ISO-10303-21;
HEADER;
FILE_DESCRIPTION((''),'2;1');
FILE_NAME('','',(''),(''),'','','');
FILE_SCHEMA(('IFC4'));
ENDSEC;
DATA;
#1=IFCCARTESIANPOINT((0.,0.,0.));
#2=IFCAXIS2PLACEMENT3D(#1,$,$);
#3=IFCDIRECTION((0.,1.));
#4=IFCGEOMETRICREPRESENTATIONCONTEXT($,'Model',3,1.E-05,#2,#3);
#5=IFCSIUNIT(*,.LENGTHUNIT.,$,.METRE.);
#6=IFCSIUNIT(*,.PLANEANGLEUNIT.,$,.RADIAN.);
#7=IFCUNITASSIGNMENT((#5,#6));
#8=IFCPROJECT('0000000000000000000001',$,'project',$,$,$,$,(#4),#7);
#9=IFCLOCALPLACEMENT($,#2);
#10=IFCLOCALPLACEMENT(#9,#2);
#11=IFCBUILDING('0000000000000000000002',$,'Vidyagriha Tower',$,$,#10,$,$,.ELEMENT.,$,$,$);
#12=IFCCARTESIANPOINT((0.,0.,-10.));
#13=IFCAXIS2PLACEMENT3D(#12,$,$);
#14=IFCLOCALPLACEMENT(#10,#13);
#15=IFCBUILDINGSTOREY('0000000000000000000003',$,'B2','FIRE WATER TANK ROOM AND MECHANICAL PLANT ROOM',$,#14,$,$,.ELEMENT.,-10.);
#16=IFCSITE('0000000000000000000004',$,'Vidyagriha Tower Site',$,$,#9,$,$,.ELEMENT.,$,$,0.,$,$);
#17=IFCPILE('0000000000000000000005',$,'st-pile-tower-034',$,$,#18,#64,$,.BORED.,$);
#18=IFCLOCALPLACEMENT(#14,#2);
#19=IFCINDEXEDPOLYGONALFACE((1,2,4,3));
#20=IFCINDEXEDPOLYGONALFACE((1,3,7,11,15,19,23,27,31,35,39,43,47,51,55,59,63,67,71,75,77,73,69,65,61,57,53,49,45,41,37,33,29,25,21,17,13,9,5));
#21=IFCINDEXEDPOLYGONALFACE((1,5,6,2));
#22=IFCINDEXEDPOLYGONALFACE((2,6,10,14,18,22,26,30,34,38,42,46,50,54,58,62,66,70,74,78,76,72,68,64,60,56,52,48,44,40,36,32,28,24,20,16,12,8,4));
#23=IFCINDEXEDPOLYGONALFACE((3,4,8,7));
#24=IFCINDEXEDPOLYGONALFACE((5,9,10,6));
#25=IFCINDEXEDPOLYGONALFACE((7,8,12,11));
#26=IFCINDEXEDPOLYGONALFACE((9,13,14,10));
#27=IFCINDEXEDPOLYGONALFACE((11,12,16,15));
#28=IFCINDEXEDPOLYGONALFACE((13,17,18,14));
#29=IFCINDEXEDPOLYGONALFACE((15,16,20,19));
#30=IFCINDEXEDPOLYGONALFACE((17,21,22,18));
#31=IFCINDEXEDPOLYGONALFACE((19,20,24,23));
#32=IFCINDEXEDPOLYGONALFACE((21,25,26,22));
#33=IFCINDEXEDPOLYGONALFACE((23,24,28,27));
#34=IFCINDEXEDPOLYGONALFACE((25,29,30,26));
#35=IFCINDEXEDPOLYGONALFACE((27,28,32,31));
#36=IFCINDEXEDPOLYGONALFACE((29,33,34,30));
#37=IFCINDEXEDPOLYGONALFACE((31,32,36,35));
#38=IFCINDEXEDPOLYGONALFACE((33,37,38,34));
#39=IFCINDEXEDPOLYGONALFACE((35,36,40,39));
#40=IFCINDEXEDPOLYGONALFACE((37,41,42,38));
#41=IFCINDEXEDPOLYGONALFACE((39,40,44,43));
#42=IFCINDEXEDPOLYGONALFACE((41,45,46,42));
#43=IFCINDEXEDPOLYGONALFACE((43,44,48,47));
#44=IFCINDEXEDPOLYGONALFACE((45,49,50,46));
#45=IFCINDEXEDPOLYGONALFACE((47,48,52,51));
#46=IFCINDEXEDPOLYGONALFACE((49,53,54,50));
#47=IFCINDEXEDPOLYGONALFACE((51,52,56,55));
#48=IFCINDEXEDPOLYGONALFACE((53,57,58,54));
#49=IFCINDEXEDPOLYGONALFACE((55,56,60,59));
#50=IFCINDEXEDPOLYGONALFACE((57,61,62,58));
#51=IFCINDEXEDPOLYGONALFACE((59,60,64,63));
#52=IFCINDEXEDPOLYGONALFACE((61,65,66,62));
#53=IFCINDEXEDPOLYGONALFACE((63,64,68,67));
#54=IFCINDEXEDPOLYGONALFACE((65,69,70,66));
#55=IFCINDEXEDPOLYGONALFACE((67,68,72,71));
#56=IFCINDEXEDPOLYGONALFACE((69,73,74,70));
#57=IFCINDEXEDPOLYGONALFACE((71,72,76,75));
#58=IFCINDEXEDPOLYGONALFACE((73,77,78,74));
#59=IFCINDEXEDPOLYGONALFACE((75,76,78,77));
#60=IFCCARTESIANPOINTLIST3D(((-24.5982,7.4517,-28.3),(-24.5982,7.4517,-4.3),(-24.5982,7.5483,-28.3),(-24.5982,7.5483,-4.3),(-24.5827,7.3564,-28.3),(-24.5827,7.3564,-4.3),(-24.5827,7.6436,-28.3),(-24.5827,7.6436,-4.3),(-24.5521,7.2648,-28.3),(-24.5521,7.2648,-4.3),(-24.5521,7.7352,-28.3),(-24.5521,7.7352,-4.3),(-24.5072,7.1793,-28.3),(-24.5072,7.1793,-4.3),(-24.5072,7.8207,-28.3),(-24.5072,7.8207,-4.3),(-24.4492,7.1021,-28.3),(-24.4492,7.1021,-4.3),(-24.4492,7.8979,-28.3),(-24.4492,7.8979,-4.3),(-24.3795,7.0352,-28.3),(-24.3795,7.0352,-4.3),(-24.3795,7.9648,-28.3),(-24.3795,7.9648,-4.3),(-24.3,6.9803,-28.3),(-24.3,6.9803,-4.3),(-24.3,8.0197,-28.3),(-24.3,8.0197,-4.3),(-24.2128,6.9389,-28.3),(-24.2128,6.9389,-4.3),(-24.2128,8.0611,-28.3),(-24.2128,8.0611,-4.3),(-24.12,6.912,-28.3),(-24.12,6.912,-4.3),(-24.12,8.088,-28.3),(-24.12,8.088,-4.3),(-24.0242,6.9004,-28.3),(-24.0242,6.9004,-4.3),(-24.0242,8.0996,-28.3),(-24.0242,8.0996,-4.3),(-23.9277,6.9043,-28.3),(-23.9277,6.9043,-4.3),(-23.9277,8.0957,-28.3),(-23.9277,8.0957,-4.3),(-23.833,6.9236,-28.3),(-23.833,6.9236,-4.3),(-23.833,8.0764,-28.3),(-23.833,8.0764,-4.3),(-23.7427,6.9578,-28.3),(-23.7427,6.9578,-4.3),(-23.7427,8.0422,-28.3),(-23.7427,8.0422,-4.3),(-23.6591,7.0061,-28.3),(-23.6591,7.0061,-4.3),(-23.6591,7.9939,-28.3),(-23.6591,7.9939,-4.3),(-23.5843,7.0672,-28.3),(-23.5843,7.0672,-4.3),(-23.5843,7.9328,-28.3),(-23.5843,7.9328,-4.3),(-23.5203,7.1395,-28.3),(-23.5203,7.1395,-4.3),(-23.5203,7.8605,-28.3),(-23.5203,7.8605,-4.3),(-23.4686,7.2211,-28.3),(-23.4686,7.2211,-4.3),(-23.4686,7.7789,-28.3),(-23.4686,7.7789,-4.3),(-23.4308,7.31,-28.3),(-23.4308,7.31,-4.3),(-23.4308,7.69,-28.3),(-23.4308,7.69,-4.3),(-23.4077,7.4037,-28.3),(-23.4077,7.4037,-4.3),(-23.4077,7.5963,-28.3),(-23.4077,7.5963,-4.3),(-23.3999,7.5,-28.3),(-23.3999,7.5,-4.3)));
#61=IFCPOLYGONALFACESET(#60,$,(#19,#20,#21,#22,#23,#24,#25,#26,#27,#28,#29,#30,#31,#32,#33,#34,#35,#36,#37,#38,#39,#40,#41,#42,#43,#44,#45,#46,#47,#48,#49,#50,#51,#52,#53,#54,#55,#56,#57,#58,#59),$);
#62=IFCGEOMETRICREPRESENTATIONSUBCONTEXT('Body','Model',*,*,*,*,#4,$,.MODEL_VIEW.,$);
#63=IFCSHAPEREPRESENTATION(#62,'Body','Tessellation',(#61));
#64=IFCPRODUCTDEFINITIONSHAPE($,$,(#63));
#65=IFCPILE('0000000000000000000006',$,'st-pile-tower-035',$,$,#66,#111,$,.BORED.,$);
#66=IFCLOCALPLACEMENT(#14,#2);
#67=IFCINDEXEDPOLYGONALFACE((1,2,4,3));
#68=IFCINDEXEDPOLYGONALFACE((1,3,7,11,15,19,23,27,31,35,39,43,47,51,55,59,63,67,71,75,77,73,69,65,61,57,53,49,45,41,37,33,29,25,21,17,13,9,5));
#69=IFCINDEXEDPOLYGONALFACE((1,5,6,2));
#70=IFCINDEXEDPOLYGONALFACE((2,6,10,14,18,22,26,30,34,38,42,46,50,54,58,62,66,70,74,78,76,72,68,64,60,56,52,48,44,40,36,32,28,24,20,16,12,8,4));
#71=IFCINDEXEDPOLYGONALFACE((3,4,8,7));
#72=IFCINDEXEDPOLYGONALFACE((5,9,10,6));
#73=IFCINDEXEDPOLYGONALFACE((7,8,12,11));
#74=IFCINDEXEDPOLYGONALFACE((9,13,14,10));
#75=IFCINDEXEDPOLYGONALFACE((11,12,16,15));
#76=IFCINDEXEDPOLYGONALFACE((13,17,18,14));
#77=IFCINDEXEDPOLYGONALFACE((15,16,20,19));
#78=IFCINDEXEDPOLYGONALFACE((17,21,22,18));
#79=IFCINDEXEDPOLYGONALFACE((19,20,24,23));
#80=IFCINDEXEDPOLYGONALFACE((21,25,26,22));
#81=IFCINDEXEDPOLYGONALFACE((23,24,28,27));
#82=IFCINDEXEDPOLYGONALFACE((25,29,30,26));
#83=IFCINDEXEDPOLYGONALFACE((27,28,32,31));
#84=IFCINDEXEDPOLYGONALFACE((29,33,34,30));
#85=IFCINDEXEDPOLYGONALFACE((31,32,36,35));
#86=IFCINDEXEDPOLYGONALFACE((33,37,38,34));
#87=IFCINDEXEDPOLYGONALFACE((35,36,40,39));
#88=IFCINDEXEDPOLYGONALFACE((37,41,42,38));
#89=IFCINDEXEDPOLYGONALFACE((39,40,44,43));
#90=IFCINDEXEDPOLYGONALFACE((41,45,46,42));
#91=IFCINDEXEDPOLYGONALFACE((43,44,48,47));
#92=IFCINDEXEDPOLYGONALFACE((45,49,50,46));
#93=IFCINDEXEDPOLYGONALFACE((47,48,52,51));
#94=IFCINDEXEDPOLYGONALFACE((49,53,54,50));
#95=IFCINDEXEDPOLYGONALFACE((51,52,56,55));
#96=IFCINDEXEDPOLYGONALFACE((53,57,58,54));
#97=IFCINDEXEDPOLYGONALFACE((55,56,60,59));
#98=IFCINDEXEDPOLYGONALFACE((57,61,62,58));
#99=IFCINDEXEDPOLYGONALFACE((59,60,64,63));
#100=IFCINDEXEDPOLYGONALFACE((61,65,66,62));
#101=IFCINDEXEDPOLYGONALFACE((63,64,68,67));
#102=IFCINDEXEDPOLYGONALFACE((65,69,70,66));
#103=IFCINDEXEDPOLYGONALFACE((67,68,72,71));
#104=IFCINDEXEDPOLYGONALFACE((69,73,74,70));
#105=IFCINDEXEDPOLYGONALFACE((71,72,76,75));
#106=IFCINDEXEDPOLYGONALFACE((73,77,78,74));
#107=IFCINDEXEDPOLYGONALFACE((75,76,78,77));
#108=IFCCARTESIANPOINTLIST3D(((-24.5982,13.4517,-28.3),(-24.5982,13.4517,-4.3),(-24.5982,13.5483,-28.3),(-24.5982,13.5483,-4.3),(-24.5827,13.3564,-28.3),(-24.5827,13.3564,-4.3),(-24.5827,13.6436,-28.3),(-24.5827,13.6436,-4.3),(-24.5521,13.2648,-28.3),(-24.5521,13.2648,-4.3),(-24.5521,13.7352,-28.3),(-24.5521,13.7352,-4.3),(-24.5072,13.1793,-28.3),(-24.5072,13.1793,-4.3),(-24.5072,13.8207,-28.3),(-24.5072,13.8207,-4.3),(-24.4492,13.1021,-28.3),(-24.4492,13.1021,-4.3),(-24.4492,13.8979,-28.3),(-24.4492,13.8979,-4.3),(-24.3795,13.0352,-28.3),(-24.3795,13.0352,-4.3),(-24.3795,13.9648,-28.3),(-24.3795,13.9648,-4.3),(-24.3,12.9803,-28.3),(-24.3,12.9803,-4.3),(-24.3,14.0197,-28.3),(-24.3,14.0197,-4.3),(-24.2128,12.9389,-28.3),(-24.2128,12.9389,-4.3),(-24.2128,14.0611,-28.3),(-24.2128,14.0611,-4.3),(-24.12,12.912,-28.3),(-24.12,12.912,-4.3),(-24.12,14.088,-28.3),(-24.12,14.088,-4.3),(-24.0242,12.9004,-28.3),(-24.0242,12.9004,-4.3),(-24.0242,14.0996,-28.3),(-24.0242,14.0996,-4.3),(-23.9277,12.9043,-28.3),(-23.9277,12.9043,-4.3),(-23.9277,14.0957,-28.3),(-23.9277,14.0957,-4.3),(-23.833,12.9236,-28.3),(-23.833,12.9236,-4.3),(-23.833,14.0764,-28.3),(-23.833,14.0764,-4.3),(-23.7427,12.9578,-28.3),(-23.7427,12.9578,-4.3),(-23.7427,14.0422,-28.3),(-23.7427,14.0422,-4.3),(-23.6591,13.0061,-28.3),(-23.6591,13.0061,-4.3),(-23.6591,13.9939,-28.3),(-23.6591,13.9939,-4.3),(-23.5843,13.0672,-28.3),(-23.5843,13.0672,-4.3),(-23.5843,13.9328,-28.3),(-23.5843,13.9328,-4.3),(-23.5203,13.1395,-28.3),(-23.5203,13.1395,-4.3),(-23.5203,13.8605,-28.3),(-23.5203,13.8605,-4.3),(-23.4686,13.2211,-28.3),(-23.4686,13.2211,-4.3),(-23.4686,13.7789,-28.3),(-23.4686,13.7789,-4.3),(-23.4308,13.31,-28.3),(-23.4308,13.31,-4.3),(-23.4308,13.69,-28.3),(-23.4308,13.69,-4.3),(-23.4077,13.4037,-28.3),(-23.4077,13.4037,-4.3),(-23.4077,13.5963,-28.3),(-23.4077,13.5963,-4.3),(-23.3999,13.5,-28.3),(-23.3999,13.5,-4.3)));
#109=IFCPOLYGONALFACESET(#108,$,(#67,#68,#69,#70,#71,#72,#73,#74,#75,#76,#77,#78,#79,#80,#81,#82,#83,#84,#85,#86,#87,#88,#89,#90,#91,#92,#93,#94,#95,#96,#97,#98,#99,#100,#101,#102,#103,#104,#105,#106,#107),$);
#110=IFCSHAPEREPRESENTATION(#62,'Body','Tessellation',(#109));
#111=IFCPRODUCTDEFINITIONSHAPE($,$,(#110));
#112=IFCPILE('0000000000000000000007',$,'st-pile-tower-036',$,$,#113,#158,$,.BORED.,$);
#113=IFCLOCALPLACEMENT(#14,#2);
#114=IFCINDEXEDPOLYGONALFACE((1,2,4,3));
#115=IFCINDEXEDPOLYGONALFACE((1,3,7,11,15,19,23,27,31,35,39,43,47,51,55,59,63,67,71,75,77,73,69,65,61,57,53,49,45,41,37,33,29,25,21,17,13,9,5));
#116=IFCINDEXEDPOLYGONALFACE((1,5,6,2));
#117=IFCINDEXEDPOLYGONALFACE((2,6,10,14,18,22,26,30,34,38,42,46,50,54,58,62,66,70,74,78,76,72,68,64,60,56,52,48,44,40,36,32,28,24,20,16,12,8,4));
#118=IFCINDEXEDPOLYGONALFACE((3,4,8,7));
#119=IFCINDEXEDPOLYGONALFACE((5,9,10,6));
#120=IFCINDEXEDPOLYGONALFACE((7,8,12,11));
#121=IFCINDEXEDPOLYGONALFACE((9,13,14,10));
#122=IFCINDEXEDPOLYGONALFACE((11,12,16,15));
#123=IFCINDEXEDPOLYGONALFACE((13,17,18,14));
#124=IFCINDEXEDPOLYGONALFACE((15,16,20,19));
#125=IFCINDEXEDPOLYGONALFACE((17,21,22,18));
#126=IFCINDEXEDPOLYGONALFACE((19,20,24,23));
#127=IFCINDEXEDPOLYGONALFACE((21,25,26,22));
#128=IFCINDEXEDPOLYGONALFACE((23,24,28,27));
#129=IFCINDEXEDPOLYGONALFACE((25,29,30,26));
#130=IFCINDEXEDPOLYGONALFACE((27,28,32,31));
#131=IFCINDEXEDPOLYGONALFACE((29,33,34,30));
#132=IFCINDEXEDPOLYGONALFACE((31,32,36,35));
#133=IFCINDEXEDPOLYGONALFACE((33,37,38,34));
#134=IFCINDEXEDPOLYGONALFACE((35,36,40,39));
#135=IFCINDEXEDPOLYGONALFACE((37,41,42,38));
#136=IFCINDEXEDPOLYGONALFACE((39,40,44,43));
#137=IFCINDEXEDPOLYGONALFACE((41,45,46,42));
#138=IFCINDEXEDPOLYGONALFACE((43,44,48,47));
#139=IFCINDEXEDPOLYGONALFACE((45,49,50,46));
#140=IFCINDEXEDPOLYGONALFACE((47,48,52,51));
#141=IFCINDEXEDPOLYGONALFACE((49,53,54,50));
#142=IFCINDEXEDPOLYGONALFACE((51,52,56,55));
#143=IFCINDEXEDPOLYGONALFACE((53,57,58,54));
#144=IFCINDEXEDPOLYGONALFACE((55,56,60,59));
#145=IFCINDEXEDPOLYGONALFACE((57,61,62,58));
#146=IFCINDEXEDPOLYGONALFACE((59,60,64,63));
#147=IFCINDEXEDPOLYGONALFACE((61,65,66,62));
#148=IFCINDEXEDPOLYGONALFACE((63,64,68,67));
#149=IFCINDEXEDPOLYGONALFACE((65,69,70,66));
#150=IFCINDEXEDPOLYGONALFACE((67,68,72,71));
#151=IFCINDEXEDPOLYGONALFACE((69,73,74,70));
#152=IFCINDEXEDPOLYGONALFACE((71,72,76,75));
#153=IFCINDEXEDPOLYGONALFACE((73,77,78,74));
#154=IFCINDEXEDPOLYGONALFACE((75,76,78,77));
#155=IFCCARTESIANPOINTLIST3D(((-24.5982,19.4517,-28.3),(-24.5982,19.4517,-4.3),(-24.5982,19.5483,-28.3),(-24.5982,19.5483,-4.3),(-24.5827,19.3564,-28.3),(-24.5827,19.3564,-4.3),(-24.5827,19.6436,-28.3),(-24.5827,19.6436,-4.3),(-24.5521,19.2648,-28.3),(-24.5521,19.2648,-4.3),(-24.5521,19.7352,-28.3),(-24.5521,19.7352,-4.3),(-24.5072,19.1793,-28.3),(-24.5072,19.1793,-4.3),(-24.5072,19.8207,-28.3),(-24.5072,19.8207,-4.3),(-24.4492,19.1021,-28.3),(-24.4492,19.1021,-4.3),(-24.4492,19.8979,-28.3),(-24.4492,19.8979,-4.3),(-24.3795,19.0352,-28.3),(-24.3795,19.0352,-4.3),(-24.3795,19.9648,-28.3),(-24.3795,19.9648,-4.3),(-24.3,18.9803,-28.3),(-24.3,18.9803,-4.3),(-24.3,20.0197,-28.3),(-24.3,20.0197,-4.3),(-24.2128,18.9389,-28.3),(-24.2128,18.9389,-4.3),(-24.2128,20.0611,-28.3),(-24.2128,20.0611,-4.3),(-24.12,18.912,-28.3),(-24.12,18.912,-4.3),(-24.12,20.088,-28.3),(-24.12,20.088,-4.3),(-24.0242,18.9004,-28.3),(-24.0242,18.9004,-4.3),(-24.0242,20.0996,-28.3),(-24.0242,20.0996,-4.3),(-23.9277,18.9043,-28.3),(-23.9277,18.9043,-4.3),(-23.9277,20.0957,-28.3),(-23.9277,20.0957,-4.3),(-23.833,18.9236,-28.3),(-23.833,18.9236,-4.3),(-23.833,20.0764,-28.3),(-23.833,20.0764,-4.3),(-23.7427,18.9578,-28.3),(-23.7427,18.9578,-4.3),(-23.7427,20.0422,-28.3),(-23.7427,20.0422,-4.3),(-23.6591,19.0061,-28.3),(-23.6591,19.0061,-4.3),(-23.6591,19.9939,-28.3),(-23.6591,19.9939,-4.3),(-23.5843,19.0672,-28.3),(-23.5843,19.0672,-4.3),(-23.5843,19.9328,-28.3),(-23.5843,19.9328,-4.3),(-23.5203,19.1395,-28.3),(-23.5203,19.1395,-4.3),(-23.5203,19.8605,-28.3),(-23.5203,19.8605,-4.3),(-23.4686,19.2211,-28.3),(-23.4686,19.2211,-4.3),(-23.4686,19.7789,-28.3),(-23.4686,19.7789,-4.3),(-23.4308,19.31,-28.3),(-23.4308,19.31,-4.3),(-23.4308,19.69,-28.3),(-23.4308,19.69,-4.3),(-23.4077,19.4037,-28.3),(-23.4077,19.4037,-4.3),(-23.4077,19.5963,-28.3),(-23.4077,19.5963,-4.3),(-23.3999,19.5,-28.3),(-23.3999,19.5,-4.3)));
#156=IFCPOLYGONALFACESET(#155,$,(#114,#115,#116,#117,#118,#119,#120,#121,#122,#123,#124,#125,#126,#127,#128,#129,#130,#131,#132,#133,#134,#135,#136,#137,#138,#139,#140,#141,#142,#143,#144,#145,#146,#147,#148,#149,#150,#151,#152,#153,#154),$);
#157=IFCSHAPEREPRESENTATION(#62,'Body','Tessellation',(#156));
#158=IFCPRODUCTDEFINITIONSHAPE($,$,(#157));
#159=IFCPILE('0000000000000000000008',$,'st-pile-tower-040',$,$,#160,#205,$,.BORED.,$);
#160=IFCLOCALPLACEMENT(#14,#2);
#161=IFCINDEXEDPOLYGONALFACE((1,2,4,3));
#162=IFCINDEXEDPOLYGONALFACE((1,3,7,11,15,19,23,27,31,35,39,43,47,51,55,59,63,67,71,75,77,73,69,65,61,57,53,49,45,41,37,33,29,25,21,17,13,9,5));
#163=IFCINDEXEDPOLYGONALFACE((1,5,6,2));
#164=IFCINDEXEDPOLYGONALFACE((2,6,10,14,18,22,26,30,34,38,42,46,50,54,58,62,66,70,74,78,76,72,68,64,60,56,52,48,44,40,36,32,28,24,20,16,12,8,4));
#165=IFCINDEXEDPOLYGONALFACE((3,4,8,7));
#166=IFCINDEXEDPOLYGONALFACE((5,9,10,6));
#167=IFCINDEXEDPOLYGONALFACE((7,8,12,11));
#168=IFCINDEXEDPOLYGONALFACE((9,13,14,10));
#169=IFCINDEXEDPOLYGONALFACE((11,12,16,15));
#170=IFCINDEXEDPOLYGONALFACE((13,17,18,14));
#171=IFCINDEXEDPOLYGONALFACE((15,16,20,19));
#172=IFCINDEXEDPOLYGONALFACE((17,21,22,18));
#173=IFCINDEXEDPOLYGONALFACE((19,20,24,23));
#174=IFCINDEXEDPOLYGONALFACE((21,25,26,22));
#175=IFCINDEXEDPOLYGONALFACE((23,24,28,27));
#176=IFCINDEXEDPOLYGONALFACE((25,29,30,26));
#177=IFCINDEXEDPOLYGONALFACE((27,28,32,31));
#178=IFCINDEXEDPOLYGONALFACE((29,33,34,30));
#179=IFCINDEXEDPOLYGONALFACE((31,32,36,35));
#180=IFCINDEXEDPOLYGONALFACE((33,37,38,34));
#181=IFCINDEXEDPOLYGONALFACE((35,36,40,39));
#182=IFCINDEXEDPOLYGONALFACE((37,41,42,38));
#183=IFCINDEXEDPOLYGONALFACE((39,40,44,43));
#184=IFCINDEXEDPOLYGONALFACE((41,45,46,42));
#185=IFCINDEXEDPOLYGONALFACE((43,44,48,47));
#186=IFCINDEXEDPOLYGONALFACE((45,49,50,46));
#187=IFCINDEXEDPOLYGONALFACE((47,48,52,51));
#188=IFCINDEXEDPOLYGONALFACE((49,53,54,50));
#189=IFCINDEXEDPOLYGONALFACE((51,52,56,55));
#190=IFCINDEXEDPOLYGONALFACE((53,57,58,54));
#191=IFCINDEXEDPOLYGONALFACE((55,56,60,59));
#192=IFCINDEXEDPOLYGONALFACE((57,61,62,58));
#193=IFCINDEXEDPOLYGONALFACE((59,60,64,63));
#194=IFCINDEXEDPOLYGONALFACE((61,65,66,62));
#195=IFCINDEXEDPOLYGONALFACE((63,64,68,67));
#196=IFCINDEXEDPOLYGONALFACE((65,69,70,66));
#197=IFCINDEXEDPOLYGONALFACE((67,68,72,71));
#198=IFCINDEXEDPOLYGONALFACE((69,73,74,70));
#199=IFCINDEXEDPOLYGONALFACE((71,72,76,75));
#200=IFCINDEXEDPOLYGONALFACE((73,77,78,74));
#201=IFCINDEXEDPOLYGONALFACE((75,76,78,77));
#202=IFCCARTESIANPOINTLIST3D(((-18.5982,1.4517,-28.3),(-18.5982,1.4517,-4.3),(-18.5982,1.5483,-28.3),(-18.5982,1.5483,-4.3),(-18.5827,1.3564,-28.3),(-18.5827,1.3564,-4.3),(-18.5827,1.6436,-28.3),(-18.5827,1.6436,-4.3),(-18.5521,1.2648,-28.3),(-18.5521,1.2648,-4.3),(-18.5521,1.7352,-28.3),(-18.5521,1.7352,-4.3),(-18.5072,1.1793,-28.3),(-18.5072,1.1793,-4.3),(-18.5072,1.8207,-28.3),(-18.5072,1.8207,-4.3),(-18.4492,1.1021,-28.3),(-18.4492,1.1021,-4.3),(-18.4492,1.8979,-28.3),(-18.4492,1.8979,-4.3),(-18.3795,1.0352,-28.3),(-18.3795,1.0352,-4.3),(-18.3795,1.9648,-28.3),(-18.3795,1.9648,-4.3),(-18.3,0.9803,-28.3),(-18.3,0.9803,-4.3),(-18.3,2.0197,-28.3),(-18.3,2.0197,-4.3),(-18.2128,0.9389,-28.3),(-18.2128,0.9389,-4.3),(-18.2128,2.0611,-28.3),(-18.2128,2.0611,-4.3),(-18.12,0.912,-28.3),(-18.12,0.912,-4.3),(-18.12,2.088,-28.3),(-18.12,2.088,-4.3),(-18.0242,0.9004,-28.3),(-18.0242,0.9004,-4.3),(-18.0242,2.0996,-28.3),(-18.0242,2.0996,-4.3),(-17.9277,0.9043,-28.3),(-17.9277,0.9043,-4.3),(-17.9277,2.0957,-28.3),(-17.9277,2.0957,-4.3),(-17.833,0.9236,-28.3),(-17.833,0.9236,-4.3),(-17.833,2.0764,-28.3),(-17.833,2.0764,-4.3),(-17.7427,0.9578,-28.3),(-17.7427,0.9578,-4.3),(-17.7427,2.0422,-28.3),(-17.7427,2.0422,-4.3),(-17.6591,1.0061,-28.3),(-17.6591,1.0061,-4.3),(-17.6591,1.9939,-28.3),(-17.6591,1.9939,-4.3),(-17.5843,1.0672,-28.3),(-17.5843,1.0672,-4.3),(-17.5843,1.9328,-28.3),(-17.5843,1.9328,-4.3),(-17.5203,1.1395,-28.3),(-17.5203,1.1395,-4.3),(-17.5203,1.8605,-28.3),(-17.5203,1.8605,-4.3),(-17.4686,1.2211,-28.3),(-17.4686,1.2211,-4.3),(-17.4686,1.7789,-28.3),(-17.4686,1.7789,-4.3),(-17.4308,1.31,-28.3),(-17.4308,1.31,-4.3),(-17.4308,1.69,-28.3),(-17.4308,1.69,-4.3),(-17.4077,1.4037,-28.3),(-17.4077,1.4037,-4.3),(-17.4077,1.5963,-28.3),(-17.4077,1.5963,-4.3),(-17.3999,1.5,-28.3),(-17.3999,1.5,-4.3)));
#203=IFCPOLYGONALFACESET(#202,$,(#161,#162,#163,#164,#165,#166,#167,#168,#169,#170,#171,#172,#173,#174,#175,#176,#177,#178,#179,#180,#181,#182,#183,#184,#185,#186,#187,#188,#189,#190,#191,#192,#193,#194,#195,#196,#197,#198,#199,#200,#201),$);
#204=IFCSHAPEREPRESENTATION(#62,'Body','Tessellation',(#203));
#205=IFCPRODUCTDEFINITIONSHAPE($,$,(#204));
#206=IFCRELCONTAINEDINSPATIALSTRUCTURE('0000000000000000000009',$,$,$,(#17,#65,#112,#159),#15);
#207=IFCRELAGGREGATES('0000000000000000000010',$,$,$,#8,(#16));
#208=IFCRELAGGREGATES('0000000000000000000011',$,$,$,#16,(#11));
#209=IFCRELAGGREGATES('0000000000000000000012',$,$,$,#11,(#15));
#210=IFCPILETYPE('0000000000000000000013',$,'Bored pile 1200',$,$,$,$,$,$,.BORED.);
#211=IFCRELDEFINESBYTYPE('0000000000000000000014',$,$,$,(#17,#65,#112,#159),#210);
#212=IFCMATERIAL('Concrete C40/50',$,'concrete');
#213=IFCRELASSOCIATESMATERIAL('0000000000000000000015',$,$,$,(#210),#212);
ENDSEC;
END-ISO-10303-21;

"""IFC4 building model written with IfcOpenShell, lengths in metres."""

from ifc_helpers import new_model, si_unit, direction, frame, origin, origin_2d, place, context, subcontext, project, spatial, circle, extrude, material, material_profile, profile_set, type_object, element, save


model = new_model("IFC4")

# Units and contexts
model_context = context("Model", 3, precision=1e-05, world=origin(), true_north=direction((0.0, 1.0)))
body_context = subcontext(model_context, "Body", "Model", "MODEL_VIEW")
ifc_project = project(units=[si_unit("LENGTHUNIT", "METRE"), si_unit("PLANEANGLEUNIT", "RADIAN")], contexts=[model_context])

# Site, building, storey
site_placement = place(None, origin())
site = spatial("IfcSite", under=ifc_project, at=site_placement, Name="Vidyagriha Tower Site", CompositionType="ELEMENT", RefElevation=0.0)
building_placement = place(site_placement, origin())
building = spatial("IfcBuilding", under=site, at=building_placement, Name="Vidyagriha Tower", CompositionType="ELEMENT")
storey_placement = place(building_placement, frame((0.0, 0.0, -10.0)))
storey = spatial("IfcBuildingStorey", under=building, at=storey_placement, Name="B2", Description="FIRE WATER TANK ROOM AND MECHANICAL PLANT ROOM", CompositionType="ELEMENT", Elevation=-10.0)

# Piles
ifc_material_1 = material(Name="Concrete C40/50", Category="concrete")
ifc_material_profile_1 = material_profile(ifc_material_1, circle(Radius=0.6001, at=origin_2d()), Name="Bored pile 1200")
ifc_profile_set_1 = profile_set([ifc_material_profile_1], Name="Concrete C40/50")
pile_type = type_object("IfcPileType", Name="Bored pile 1200", PredefinedType="BORED", material=ifc_profile_set_1)
for number, where, z_axis, x_axis, name in (
    (1, (-24.0, 7.5, -4.3), (0.0, 0.0, -1.0), (1.0, 0.0, 0.0), "st-pile-tower-034"),
    (2, (-24.0, 13.5, -4.3), (0.0, 0.0, -1.0), (1.0, 0.0, 0.0), "st-pile-tower-035"),
    (3, (-24.0, 19.5, -4.3), (0.0, 0.0, -1.0), (1.0, 0.0, 0.0), "st-pile-tower-036"),
    (4, (-18.0, 1.5, -4.3), (0.0, 0.0, -1.0), (1.0, 0.0, 0.0), "st-pile-tower-040"),
):
    element("IfcPile", number, at=place(storey_placement, frame(where, z_axis=z_axis, x_axis=x_axis)), inside=storey, type_object=pile_type, Name=name, PredefinedType="BORED", context=body_context, shape_type="SweptSolid", body=[
        extrude(circle(Radius=0.6001, at=origin_2d()), origin(), (0.0, 0.0, 1.0), 24.0),
    ])

save(model, "model.ifc")
